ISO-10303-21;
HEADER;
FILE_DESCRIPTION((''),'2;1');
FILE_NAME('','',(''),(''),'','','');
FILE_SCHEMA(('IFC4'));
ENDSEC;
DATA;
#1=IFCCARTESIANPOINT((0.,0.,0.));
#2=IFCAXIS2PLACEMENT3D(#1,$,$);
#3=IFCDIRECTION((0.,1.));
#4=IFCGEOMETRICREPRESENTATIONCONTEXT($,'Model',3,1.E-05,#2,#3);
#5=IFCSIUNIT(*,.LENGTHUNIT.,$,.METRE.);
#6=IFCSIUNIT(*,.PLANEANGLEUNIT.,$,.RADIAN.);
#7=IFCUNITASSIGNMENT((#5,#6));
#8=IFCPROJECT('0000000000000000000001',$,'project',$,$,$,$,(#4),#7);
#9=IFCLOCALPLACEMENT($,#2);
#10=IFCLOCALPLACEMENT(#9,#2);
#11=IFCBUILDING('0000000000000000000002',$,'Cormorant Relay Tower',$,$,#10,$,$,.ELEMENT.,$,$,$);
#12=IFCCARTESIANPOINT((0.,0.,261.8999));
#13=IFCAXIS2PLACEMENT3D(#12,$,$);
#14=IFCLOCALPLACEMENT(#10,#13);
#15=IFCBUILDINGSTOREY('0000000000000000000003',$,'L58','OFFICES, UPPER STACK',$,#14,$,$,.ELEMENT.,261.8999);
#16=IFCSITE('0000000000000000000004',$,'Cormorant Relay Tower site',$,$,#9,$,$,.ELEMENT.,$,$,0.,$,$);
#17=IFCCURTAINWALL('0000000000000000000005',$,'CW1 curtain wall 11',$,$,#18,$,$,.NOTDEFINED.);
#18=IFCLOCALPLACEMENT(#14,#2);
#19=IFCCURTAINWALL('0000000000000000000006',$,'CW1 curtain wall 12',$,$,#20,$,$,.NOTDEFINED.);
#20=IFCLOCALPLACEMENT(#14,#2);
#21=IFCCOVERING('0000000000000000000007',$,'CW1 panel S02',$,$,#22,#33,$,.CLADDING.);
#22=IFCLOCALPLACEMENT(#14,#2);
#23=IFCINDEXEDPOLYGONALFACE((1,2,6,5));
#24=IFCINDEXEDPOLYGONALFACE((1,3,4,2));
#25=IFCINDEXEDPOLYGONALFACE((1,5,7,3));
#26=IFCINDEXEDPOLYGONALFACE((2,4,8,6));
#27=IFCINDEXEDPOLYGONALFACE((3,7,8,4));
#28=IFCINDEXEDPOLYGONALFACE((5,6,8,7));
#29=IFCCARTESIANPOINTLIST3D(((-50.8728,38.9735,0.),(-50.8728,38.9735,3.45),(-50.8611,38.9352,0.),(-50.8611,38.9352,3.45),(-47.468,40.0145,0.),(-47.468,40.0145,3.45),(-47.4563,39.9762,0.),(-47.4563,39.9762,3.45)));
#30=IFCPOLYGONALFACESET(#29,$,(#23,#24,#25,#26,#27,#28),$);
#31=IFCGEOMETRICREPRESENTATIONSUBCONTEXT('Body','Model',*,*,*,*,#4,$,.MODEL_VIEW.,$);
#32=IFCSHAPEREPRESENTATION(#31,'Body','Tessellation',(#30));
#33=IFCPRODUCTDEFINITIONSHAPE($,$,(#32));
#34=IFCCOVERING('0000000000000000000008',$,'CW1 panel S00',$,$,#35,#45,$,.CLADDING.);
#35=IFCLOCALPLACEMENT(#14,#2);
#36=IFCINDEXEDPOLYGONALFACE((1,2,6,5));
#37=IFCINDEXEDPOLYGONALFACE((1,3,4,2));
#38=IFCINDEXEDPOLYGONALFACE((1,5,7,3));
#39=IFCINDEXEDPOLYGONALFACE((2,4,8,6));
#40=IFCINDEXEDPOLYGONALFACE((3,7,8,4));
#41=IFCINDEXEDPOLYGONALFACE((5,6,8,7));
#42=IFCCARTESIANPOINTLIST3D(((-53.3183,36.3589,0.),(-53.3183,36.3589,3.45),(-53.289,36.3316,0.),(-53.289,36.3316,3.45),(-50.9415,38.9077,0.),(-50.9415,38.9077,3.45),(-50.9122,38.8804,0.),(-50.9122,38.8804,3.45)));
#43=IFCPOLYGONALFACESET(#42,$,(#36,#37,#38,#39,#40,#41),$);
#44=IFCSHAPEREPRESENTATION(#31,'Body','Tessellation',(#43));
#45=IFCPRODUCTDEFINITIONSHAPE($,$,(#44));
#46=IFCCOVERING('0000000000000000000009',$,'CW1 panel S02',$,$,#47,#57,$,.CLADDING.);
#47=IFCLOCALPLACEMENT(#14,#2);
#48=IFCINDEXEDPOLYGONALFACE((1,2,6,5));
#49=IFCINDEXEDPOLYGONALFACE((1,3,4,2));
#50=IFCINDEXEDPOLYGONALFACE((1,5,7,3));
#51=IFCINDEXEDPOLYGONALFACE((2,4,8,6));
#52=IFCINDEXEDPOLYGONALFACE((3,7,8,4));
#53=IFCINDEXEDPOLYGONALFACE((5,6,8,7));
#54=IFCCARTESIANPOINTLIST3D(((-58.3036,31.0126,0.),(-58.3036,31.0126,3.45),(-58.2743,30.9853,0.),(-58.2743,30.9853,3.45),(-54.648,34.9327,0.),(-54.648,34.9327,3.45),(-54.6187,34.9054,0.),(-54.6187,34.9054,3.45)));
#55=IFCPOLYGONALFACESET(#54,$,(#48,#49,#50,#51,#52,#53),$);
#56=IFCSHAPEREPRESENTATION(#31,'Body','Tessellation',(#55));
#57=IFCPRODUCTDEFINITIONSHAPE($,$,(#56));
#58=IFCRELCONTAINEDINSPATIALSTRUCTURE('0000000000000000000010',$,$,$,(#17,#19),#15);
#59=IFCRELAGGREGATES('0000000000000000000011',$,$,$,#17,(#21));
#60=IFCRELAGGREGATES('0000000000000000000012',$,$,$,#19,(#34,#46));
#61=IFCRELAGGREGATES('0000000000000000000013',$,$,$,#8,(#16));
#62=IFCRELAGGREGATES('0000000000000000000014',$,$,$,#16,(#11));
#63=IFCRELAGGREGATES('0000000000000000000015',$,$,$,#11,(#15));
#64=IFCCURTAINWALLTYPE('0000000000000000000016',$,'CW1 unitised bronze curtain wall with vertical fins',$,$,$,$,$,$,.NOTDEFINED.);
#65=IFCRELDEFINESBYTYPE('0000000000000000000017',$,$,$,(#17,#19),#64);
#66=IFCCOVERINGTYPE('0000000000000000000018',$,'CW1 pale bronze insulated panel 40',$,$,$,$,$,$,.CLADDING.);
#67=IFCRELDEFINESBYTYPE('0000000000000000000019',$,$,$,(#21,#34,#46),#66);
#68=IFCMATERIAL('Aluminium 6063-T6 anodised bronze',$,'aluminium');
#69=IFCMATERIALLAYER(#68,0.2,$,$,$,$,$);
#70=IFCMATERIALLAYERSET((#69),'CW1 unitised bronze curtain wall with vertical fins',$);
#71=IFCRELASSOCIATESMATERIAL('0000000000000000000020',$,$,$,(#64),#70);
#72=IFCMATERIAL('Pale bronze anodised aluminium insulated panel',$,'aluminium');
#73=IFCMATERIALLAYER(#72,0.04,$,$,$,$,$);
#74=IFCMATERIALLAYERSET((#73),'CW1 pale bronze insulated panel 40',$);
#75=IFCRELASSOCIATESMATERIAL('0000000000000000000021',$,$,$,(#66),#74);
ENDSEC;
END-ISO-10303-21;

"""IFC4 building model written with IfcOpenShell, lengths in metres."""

from ifc_helpers import new_model, si_unit, direction, frame, origin, origin_2d, place, context, subcontext, project, spatial, rectangle, extrude, material, layer, layer_set, type_object, element, aggregate, save


model = new_model("IFC4")

# Units and contexts
model_context = context("Model", 3, precision=1e-05, world=origin(), true_north=direction((0.0, 1.0)))
body_context = subcontext(model_context, "Body", "Model", "MODEL_VIEW")
ifc_project = project(units=[si_unit("LENGTHUNIT", "METRE"), si_unit("PLANEANGLEUNIT", "RADIAN")], contexts=[model_context])

# Site, building, storey
site_placement = place(None, origin())
site = spatial("IfcSite", under=ifc_project, at=site_placement, Name="Cormorant Relay Tower site", CompositionType="ELEMENT", RefElevation=0.0)
building_placement = place(site_placement, origin())
building = spatial("IfcBuilding", under=site, at=building_placement, Name="Cormorant Relay Tower", CompositionType="ELEMENT")
storey_placement = place(building_placement, frame((0.0, 0.0, 261.8999)))
storey = spatial("IfcBuildingStorey", under=building, at=storey_placement, Name="L58", Description="OFFICES, UPPER STACK", CompositionType="ELEMENT", Elevation=261.8999)

# Curtain walls
ifc_material_1 = material(Name="Aluminium 6063-T6 anodised bronze", Category="aluminium")
ifc_layer_1 = layer(ifc_material_1, 0.2)
ifc_layer_set_1 = layer_set([ifc_layer_1], Name="CW1 unitised bronze curtain wall with vertical fins")
curtain_wall_type = type_object("IfcCurtainWallType", Name="CW1 unitised bronze curtain wall with vertical fins", PredefinedType="NOTDEFINED", material=ifc_layer_set_1)
curtain_wall_1_placement = place(storey_placement, origin())
curtain_wall_1 = element("IfcCurtainWall", 1, at=curtain_wall_1_placement, inside=storey, type_object=curtain_wall_type, Name="CW1 curtain wall 11", PredefinedType="NOTDEFINED")
curtain_wall_2_placement = place(storey_placement, origin())
curtain_wall_2 = element("IfcCurtainWall", 2, at=curtain_wall_2_placement, inside=storey, type_object=curtain_wall_type, Name="CW1 curtain wall 12", PredefinedType="NOTDEFINED")

# Coverings
ifc_material_2 = material(Name="Pale bronze anodised aluminium insulated panel", Category="aluminium")
ifc_layer_2 = layer(ifc_material_2, 0.04)
ifc_layer_set_2 = layer_set([ifc_layer_2], Name="CW1 pale bronze insulated panel 40")
covering_type = type_object("IfcCoveringType", Name="CW1 pale bronze insulated panel 40", PredefinedType="CLADDING", material=ifc_layer_set_2)
covering_1_placement = place(storey_placement, frame((-49.1646, 39.4749, 0.0), z_axis=(0.0, 0.0, 1.0), x_axis=(-0.956305, -0.292372, 0.0)))
covering_1 = element("IfcCovering", 3, at=covering_1_placement, type_object=covering_type, Name="CW1 panel S02", PredefinedType="CLADDING", context=body_context, shape_type="SweptSolid", body=[
    extrude(rectangle(XDim=3.5603, YDim=0.04, at=origin_2d()), origin(), (0.0, 0.0, 1.0), 3.45),
])
aggregate(curtain_wall_1, [covering_1])
covering_2_placement = place(storey_placement, frame((-52.1152, 37.6196, 0.0), z_axis=(0.0, 0.0, 1.0), x_axis=(-0.681998, -0.731354, 0.0)))
covering_2 = element("IfcCovering", 4, at=covering_2_placement, type_object=covering_type, Name="CW1 panel S00", PredefinedType="CLADDING", context=body_context, shape_type="SweptSolid", body=[
    extrude(rectangle(XDim=3.4851, YDim=0.04, at=origin_2d()), origin(), (0.0, 0.0, 1.0), 3.45),
])
covering_3_placement = place(storey_placement, frame((-56.4612, 32.959, 0.0), z_axis=(0.0, 0.0, 1.0), x_axis=(-0.681998, -0.731354, 0.0)))
covering_3 = element("IfcCovering", 5, at=covering_3_placement, type_object=covering_type, Name="CW1 panel S02", PredefinedType="CLADDING", context=body_context, shape_type="SweptSolid", body=[
    extrude(rectangle(XDim=5.3601, YDim=0.04, at=origin_2d()), origin(), (0.0, 0.0, 1.0), 3.45),
])
aggregate(curtain_wall_2, [covering_2, covering_3])

save(model, "model.ifc")
